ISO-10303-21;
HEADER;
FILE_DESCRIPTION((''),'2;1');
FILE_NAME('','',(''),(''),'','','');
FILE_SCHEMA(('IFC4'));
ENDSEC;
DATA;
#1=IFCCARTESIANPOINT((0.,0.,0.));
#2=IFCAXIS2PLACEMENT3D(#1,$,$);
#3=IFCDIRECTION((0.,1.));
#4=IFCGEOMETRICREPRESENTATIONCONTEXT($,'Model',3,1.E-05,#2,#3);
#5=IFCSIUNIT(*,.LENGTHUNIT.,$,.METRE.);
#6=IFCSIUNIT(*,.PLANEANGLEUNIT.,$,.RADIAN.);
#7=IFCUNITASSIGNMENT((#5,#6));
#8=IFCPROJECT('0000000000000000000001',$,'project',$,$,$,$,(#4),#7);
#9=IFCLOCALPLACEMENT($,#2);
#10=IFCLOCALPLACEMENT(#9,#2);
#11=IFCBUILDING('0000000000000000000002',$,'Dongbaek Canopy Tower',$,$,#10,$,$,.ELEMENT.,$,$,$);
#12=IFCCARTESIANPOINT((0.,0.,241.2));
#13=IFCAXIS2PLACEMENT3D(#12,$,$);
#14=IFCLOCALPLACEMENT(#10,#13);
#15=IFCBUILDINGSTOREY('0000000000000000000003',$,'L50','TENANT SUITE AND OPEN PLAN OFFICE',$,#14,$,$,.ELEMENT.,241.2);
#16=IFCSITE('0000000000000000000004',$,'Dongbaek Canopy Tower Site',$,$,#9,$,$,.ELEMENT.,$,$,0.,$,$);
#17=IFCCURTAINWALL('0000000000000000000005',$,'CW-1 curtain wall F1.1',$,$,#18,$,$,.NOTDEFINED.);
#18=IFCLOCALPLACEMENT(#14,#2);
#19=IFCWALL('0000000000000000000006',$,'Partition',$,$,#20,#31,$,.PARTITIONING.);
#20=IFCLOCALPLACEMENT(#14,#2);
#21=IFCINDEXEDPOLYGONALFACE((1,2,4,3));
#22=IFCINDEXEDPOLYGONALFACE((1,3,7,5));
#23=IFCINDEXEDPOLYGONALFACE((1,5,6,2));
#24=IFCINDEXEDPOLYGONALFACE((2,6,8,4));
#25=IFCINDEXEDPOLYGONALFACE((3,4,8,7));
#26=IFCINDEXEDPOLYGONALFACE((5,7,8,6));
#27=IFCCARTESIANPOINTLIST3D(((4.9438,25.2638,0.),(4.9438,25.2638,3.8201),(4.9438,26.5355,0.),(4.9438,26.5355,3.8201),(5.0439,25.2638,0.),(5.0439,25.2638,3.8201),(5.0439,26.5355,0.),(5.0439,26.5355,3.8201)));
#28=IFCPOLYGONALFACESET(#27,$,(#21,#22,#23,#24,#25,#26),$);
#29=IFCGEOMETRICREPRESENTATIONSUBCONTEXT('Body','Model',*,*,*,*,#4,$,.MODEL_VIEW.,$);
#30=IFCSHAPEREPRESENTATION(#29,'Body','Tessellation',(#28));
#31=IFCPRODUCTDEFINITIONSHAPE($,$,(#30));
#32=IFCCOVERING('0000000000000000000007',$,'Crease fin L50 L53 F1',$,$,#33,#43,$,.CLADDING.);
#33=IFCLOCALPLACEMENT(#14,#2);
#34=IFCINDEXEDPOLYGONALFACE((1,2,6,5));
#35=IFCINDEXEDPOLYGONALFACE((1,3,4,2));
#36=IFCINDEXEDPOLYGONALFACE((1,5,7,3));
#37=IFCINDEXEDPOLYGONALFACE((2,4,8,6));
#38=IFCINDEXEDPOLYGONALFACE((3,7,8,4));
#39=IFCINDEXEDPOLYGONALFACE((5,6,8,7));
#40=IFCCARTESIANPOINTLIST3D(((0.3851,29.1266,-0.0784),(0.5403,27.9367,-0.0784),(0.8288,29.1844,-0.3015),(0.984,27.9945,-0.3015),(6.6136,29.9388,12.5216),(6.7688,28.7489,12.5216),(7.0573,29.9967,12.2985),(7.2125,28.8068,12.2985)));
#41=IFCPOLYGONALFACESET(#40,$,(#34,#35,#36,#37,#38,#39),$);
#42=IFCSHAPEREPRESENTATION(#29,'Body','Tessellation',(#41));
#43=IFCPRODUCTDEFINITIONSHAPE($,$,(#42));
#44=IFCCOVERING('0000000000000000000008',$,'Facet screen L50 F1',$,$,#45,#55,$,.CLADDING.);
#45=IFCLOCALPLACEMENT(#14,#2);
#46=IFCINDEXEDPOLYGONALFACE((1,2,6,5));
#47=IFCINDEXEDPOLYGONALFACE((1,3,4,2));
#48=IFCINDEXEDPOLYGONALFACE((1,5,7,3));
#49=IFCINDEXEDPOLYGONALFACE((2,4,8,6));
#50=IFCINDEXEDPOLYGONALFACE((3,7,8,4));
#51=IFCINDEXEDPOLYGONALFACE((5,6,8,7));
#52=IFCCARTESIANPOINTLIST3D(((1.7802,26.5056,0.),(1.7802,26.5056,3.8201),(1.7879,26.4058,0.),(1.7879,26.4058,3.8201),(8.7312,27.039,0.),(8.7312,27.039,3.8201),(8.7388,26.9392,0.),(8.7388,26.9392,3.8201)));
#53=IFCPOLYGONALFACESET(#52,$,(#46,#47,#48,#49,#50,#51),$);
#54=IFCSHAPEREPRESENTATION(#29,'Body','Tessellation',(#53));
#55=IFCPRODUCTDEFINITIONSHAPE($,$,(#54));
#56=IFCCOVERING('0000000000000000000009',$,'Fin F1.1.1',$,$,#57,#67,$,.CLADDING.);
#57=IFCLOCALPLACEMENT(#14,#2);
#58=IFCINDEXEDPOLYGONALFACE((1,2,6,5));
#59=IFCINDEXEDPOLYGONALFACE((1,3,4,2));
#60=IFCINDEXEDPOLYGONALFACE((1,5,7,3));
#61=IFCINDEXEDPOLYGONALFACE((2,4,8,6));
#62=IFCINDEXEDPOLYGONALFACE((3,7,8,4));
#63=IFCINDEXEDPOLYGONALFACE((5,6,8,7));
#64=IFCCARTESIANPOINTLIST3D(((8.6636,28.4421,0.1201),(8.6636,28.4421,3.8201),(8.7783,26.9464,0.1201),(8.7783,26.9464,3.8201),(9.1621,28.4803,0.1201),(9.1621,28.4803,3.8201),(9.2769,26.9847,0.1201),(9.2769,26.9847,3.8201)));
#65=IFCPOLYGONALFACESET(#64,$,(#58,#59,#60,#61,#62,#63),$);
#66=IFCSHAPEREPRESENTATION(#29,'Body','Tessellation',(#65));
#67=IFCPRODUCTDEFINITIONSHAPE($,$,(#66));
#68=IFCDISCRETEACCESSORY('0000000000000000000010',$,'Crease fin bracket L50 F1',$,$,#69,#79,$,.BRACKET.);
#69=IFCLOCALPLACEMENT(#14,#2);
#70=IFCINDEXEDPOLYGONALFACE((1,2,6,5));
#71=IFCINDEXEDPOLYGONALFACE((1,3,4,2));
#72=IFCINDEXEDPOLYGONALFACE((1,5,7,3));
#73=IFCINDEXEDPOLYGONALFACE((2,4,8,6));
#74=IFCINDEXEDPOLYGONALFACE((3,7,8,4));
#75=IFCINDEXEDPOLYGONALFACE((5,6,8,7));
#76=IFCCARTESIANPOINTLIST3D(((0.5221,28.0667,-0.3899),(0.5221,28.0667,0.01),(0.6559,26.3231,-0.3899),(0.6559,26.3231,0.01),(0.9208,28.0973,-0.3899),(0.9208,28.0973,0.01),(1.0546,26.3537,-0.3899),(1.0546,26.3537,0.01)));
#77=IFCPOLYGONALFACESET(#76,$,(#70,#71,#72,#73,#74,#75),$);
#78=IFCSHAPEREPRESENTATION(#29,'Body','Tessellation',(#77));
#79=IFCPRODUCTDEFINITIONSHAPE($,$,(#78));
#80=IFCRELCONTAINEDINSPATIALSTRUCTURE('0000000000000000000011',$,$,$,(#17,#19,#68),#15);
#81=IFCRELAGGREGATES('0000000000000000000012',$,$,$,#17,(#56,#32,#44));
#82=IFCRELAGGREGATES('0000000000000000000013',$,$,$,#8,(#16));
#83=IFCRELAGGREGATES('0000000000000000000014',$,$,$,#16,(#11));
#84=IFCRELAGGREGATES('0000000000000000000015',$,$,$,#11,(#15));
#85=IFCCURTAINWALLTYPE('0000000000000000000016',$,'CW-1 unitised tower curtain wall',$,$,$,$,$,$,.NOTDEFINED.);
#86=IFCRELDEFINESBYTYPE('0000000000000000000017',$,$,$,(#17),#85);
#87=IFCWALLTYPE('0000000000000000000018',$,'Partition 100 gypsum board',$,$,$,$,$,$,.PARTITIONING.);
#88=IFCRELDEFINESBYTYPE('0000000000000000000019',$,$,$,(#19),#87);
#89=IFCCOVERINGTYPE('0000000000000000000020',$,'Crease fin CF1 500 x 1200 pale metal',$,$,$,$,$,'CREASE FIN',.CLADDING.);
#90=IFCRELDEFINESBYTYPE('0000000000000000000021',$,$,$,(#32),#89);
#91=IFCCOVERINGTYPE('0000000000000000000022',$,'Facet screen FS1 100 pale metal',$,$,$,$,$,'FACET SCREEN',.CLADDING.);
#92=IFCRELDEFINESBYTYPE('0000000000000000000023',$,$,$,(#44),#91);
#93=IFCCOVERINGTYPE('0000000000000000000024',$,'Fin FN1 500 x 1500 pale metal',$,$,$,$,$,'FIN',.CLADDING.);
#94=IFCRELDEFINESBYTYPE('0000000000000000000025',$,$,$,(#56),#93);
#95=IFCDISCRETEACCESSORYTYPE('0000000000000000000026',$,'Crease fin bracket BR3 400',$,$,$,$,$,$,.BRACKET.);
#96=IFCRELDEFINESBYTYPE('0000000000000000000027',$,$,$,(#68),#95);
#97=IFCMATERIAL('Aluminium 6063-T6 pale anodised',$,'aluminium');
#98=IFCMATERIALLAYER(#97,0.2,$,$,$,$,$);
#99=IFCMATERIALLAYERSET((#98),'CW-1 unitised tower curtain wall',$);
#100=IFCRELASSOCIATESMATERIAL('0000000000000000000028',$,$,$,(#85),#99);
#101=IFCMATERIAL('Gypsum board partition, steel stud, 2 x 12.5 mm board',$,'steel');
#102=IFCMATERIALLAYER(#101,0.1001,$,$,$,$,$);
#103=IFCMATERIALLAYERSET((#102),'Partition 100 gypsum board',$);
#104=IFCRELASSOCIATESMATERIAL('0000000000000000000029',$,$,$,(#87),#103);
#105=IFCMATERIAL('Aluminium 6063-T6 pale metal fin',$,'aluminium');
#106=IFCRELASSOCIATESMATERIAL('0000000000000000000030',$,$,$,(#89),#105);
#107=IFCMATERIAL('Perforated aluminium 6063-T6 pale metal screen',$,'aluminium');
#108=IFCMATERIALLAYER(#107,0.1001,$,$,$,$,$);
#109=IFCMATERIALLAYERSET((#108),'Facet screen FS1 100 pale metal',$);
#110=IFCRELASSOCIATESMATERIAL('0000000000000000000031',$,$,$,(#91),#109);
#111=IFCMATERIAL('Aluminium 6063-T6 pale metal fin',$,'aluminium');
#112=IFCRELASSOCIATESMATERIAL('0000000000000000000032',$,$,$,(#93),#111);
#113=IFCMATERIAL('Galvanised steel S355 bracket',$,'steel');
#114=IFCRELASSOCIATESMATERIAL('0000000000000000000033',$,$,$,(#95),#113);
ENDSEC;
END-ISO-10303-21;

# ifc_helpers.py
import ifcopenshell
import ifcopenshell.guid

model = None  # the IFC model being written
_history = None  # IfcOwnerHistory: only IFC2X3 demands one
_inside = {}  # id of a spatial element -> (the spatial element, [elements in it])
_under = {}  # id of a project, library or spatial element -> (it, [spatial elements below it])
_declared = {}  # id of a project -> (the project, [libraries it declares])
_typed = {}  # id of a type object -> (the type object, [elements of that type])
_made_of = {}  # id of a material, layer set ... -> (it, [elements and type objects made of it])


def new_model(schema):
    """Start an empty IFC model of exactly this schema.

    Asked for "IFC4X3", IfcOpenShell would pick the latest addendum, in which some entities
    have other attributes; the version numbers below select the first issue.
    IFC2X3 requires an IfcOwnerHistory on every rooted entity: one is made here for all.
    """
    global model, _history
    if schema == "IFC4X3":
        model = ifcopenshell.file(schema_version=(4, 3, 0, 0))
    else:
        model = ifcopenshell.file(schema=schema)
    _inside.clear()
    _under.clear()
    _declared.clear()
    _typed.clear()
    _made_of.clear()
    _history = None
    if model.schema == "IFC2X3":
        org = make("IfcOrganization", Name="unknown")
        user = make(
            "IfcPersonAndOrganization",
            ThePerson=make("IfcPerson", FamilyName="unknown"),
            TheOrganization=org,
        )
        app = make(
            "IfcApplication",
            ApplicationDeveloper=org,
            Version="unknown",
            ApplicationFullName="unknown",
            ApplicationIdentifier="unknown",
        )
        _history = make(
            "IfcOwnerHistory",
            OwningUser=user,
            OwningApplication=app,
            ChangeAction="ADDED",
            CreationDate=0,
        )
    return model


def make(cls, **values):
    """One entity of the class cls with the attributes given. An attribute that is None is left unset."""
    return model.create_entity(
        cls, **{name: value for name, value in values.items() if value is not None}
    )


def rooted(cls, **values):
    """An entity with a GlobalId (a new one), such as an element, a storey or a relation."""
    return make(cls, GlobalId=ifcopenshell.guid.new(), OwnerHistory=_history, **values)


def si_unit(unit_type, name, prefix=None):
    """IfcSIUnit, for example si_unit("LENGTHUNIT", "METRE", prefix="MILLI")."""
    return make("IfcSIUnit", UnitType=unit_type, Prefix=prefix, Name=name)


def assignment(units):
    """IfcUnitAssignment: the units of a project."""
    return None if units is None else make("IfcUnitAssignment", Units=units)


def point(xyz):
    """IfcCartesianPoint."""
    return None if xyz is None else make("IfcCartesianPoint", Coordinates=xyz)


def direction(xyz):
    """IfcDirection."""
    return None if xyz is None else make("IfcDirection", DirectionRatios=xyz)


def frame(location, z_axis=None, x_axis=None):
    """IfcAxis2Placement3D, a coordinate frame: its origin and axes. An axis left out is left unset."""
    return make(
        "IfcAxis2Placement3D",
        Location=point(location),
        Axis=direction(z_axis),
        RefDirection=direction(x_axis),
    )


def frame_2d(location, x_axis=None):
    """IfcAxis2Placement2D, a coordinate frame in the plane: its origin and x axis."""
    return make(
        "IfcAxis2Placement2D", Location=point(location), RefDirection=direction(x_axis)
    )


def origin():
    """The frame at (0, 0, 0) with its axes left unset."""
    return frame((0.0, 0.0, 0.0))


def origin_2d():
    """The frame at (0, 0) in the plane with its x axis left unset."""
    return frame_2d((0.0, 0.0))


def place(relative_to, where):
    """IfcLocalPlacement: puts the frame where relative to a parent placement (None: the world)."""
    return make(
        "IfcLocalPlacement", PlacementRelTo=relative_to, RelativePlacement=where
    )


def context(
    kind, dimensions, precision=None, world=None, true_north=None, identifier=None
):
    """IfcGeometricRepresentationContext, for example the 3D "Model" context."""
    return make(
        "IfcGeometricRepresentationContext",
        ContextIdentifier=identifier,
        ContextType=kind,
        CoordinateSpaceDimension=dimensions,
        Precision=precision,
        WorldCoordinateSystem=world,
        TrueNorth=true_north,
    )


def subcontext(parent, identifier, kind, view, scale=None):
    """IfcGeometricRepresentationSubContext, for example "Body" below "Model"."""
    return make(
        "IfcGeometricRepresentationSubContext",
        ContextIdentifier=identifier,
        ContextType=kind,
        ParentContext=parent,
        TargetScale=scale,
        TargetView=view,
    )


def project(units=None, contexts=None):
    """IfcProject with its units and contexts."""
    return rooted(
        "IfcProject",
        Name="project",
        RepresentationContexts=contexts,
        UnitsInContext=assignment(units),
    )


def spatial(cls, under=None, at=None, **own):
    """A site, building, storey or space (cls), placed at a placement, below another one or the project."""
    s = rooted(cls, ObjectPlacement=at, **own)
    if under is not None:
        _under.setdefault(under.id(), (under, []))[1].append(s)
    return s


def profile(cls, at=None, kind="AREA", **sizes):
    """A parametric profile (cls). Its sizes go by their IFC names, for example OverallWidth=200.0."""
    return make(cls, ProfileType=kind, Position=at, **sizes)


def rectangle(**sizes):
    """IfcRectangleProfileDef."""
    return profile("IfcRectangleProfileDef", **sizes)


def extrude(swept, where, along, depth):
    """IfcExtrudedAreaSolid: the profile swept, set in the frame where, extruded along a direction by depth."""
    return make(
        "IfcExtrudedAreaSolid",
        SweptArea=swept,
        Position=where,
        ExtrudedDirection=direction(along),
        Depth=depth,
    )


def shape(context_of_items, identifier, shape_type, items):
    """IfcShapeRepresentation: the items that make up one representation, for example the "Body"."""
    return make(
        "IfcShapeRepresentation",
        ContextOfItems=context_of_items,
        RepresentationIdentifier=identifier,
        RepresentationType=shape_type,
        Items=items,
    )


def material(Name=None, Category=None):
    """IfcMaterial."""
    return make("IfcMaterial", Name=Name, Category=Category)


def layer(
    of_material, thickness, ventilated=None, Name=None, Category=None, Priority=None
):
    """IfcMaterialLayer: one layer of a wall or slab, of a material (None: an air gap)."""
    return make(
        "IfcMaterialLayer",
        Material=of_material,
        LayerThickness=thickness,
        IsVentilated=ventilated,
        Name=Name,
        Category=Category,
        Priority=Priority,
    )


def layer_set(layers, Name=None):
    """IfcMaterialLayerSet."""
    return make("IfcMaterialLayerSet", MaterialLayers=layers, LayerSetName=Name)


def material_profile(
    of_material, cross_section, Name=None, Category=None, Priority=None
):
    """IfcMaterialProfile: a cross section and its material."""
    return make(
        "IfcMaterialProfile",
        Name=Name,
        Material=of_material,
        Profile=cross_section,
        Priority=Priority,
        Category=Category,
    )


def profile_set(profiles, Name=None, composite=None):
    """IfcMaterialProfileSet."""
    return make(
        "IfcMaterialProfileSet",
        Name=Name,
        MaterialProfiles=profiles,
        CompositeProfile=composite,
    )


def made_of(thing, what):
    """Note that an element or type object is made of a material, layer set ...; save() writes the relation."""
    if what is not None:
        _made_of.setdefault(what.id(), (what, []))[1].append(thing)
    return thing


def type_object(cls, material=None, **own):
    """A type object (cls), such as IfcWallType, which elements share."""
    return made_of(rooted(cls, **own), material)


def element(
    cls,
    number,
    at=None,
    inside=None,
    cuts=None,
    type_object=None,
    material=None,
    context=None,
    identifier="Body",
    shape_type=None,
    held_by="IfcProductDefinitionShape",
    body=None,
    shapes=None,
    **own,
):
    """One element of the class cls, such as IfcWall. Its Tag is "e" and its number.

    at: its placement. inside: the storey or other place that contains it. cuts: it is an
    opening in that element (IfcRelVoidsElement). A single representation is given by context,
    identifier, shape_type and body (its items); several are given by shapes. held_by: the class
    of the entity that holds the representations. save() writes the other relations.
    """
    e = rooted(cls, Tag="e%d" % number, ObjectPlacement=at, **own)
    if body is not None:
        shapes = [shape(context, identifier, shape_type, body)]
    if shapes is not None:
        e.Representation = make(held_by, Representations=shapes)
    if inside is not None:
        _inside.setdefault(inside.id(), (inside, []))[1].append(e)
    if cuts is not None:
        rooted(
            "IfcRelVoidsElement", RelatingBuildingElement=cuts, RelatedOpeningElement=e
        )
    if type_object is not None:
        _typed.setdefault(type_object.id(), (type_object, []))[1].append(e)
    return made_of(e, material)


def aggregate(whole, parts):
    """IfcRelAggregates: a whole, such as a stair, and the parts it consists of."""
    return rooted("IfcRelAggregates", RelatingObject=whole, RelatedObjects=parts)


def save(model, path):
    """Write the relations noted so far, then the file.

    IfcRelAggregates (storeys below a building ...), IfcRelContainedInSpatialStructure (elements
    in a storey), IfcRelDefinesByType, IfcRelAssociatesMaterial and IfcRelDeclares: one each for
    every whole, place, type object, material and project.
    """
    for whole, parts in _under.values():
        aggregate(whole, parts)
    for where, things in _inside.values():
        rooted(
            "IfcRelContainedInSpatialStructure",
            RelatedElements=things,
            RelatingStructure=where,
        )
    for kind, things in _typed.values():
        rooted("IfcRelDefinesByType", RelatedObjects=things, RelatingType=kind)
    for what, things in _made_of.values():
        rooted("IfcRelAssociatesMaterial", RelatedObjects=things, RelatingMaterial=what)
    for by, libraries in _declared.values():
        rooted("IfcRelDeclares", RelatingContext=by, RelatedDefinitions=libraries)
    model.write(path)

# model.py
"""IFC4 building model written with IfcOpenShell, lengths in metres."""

from ifc_helpers import new_model, si_unit, direction, frame, frame_2d, origin, origin_2d, place, context, subcontext, project, spatial, rectangle, extrude, material, layer, layer_set, material_profile, profile_set, type_object, element, aggregate, save


model = new_model("IFC4")

# Units and contexts
model_context = context("Model", 3, precision=1e-05, world=origin(), true_north=direction((0.0, 1.0)))
body_context = subcontext(model_context, "Body", "Model", "MODEL_VIEW")
ifc_project = project(units=[si_unit("LENGTHUNIT", "METRE"), si_unit("PLANEANGLEUNIT", "RADIAN")], contexts=[model_context])

# Site, building, storey
site_placement = place(None, origin())
site = spatial("IfcSite", under=ifc_project, at=site_placement, Name="Dongbaek Canopy Tower Site", CompositionType="ELEMENT", RefElevation=0.0)
building_placement = place(site_placement, origin())
building = spatial("IfcBuilding", under=site, at=building_placement, Name="Dongbaek Canopy Tower", CompositionType="ELEMENT")
storey_placement = place(building_placement, frame((0.0, 0.0, 241.2)))
storey = spatial("IfcBuildingStorey", under=building, at=storey_placement, Name="L50", Description="TENANT SUITE AND OPEN PLAN OFFICE", CompositionType="ELEMENT", Elevation=241.2)

# Curtain wall
ifc_material_1 = material(Name="Aluminium 6063-T6 pale anodised", Category="aluminium")
ifc_layer_1 = layer(ifc_material_1, 0.2)
ifc_layer_set_1 = layer_set([ifc_layer_1], Name="CW-1 unitised tower curtain wall")
curtain_wall_type = type_object("IfcCurtainWallType", Name="CW-1 unitised tower curtain wall", PredefinedType="NOTDEFINED", material=ifc_layer_set_1)
curtain_wall_1_placement = place(storey_placement, origin())
curtain_wall_1 = element("IfcCurtainWall", 1, at=curtain_wall_1_placement, inside=storey, type_object=curtain_wall_type, Name="CW-1 curtain wall F1.1", PredefinedType="NOTDEFINED")

# Wall
ifc_material_2 = material(Name="Gypsum board partition, steel stud, 2 x 12.5 mm board", Category="steel")
ifc_layer_2 = layer(ifc_material_2, 0.1001)
ifc_layer_set_2 = layer_set([ifc_layer_2], Name="Partition 100 gypsum board")
wall_type_1 = type_object("IfcWallType", Name="Partition 100 gypsum board", PredefinedType="PARTITIONING", material=ifc_layer_set_2)
wall_1_placement = place(storey_placement, frame((4.9939, 25.2639, 0.0), z_axis=(0.0, 0.0, 1.0), x_axis=(0.0, 1.0, 0.0)))
element("IfcWall", 2, at=wall_1_placement, inside=storey, type_object=wall_type_1, Name="Partition", PredefinedType="PARTITIONING", context=body_context, shape_type="SweptSolid", body=[
    extrude(rectangle(XDim=1.2717, YDim=0.1001, at=frame_2d((0.6357, 0.0))), origin(), (0.0, 0.0, 1.0), 3.8201),
])

# Coverings
ifc_material_3 = material(Name="Aluminium 6063-T6 pale metal fin", Category="aluminium")
ifc_material_profile_1 = material_profile(ifc_material_3, rectangle(XDim=1.2, YDim=0.5, at=origin_2d()), Name="Crease fin CF1 500 x 1200 pale metal")
ifc_profile_set_1 = profile_set([ifc_material_profile_1], Name="Aluminium 6063-T6 pale metal fin")
covering_type_1 = type_object("IfcCoveringType", Name="Crease fin CF1 500 x 1200 pale metal", ElementType="CREASE FIN", PredefinedType="CLADDING", material=ifc_profile_set_1)
covering_1_placement = place(storey_placement, frame((0.6846, 28.5605, -0.1899), z_axis=(0.442399, 0.057693, 0.894961), x_axis=(-0.129314, 0.991604, 0.0)))
covering_1 = element("IfcCovering", 3, at=covering_1_placement, type_object=covering_type_1, Name="Crease fin L50 L53 F1", PredefinedType="CLADDING", context=body_context, shape_type="SweptSolid", body=[
    extrude(rectangle(XDim=1.2, YDim=0.5, at=origin_2d()), origin(), (0.0, 0.0, 1.0), 14.0789),
])
ifc_material_4 = material(Name="Perforated aluminium 6063-T6 pale metal screen", Category="aluminium")
ifc_layer_3 = layer(ifc_material_4, 0.1001)
ifc_layer_set_3 = layer_set([ifc_layer_3], Name="Facet screen FS1 100 pale metal")
covering_type_2 = type_object("IfcCoveringType", Name="Facet screen FS1 100 pale metal", ElementType="FACET SCREEN", PredefinedType="CLADDING", material=ifc_layer_set_3)
covering_2_placement = place(storey_placement, frame((5.2595, 26.7224, 0.0), z_axis=(0.0, 0.0, 1.0), x_axis=(-0.997068, -0.076519, 0.0)))
covering_2 = element("IfcCovering", 4, at=covering_2_placement, type_object=covering_type_2, Name="Facet screen L50 F1", PredefinedType="CLADDING", context=body_context, shape_type="SweptSolid", body=[
    extrude(rectangle(XDim=6.9714, YDim=0.1001, at=origin_2d()), origin(), (0.0, 0.0, 1.0), 3.8201),
])
ifc_material_5 = material(Name="Aluminium 6063-T6 pale metal fin", Category="aluminium")
ifc_material_profile_2 = material_profile(ifc_material_5, rectangle(XDim=1.5, YDim=0.5, at=origin_2d()), Name="Fin FN1 500 x 1500 pale metal")
ifc_profile_set_2 = profile_set([ifc_material_profile_2], Name="Aluminium 6063-T6 pale metal fin")
covering_type_3 = type_object("IfcCoveringType", Name="Fin FN1 500 x 1500 pale metal", ElementType="FIN", PredefinedType="CLADDING", material=ifc_profile_set_2)
covering_3_placement = place(storey_placement, frame((8.9702, 27.7134, 0.1201), z_axis=(0.0, 0.0, 1.0), x_axis=(-0.076518, 0.997068, 0.0)))
covering_3 = element("IfcCovering", 5, at=covering_3_placement, type_object=covering_type_3, Name="Fin F1.1.1", PredefinedType="CLADDING", context=body_context, shape_type="SweptSolid", body=[
    extrude(rectangle(XDim=1.5, YDim=0.5, at=origin_2d()), origin(), (0.0, 0.0, 1.0), 3.7),
])
aggregate(curtain_wall_1, [covering_3, covering_1, covering_2])

# Discrete accessory
ifc_material_6 = material(Name="Galvanised steel S355 bracket", Category="steel")
discrete_accessory_type = type_object("IfcDiscreteAccessoryType", Name="Crease fin bracket BR3 400", PredefinedType="BRACKET", material=ifc_material_6)
discrete_accessory_placement = place(storey_placement, frame((0.7883, 27.2102, -0.3899), z_axis=(0.0, 0.0, 1.0), x_axis=(-0.076519, 0.997068, 0.0)))
element("IfcDiscreteAccessory", 6, at=discrete_accessory_placement, inside=storey, type_object=discrete_accessory_type, Name="Crease fin bracket L50 F1", PredefinedType="BRACKET", context=body_context, shape_type="SweptSolid", body=[
    extrude(rectangle(XDim=1.7488, YDim=0.3999, at=origin_2d()), origin(), (0.0, 0.0, 1.0), 0.3999),
])

save(model, "model.ifc")
